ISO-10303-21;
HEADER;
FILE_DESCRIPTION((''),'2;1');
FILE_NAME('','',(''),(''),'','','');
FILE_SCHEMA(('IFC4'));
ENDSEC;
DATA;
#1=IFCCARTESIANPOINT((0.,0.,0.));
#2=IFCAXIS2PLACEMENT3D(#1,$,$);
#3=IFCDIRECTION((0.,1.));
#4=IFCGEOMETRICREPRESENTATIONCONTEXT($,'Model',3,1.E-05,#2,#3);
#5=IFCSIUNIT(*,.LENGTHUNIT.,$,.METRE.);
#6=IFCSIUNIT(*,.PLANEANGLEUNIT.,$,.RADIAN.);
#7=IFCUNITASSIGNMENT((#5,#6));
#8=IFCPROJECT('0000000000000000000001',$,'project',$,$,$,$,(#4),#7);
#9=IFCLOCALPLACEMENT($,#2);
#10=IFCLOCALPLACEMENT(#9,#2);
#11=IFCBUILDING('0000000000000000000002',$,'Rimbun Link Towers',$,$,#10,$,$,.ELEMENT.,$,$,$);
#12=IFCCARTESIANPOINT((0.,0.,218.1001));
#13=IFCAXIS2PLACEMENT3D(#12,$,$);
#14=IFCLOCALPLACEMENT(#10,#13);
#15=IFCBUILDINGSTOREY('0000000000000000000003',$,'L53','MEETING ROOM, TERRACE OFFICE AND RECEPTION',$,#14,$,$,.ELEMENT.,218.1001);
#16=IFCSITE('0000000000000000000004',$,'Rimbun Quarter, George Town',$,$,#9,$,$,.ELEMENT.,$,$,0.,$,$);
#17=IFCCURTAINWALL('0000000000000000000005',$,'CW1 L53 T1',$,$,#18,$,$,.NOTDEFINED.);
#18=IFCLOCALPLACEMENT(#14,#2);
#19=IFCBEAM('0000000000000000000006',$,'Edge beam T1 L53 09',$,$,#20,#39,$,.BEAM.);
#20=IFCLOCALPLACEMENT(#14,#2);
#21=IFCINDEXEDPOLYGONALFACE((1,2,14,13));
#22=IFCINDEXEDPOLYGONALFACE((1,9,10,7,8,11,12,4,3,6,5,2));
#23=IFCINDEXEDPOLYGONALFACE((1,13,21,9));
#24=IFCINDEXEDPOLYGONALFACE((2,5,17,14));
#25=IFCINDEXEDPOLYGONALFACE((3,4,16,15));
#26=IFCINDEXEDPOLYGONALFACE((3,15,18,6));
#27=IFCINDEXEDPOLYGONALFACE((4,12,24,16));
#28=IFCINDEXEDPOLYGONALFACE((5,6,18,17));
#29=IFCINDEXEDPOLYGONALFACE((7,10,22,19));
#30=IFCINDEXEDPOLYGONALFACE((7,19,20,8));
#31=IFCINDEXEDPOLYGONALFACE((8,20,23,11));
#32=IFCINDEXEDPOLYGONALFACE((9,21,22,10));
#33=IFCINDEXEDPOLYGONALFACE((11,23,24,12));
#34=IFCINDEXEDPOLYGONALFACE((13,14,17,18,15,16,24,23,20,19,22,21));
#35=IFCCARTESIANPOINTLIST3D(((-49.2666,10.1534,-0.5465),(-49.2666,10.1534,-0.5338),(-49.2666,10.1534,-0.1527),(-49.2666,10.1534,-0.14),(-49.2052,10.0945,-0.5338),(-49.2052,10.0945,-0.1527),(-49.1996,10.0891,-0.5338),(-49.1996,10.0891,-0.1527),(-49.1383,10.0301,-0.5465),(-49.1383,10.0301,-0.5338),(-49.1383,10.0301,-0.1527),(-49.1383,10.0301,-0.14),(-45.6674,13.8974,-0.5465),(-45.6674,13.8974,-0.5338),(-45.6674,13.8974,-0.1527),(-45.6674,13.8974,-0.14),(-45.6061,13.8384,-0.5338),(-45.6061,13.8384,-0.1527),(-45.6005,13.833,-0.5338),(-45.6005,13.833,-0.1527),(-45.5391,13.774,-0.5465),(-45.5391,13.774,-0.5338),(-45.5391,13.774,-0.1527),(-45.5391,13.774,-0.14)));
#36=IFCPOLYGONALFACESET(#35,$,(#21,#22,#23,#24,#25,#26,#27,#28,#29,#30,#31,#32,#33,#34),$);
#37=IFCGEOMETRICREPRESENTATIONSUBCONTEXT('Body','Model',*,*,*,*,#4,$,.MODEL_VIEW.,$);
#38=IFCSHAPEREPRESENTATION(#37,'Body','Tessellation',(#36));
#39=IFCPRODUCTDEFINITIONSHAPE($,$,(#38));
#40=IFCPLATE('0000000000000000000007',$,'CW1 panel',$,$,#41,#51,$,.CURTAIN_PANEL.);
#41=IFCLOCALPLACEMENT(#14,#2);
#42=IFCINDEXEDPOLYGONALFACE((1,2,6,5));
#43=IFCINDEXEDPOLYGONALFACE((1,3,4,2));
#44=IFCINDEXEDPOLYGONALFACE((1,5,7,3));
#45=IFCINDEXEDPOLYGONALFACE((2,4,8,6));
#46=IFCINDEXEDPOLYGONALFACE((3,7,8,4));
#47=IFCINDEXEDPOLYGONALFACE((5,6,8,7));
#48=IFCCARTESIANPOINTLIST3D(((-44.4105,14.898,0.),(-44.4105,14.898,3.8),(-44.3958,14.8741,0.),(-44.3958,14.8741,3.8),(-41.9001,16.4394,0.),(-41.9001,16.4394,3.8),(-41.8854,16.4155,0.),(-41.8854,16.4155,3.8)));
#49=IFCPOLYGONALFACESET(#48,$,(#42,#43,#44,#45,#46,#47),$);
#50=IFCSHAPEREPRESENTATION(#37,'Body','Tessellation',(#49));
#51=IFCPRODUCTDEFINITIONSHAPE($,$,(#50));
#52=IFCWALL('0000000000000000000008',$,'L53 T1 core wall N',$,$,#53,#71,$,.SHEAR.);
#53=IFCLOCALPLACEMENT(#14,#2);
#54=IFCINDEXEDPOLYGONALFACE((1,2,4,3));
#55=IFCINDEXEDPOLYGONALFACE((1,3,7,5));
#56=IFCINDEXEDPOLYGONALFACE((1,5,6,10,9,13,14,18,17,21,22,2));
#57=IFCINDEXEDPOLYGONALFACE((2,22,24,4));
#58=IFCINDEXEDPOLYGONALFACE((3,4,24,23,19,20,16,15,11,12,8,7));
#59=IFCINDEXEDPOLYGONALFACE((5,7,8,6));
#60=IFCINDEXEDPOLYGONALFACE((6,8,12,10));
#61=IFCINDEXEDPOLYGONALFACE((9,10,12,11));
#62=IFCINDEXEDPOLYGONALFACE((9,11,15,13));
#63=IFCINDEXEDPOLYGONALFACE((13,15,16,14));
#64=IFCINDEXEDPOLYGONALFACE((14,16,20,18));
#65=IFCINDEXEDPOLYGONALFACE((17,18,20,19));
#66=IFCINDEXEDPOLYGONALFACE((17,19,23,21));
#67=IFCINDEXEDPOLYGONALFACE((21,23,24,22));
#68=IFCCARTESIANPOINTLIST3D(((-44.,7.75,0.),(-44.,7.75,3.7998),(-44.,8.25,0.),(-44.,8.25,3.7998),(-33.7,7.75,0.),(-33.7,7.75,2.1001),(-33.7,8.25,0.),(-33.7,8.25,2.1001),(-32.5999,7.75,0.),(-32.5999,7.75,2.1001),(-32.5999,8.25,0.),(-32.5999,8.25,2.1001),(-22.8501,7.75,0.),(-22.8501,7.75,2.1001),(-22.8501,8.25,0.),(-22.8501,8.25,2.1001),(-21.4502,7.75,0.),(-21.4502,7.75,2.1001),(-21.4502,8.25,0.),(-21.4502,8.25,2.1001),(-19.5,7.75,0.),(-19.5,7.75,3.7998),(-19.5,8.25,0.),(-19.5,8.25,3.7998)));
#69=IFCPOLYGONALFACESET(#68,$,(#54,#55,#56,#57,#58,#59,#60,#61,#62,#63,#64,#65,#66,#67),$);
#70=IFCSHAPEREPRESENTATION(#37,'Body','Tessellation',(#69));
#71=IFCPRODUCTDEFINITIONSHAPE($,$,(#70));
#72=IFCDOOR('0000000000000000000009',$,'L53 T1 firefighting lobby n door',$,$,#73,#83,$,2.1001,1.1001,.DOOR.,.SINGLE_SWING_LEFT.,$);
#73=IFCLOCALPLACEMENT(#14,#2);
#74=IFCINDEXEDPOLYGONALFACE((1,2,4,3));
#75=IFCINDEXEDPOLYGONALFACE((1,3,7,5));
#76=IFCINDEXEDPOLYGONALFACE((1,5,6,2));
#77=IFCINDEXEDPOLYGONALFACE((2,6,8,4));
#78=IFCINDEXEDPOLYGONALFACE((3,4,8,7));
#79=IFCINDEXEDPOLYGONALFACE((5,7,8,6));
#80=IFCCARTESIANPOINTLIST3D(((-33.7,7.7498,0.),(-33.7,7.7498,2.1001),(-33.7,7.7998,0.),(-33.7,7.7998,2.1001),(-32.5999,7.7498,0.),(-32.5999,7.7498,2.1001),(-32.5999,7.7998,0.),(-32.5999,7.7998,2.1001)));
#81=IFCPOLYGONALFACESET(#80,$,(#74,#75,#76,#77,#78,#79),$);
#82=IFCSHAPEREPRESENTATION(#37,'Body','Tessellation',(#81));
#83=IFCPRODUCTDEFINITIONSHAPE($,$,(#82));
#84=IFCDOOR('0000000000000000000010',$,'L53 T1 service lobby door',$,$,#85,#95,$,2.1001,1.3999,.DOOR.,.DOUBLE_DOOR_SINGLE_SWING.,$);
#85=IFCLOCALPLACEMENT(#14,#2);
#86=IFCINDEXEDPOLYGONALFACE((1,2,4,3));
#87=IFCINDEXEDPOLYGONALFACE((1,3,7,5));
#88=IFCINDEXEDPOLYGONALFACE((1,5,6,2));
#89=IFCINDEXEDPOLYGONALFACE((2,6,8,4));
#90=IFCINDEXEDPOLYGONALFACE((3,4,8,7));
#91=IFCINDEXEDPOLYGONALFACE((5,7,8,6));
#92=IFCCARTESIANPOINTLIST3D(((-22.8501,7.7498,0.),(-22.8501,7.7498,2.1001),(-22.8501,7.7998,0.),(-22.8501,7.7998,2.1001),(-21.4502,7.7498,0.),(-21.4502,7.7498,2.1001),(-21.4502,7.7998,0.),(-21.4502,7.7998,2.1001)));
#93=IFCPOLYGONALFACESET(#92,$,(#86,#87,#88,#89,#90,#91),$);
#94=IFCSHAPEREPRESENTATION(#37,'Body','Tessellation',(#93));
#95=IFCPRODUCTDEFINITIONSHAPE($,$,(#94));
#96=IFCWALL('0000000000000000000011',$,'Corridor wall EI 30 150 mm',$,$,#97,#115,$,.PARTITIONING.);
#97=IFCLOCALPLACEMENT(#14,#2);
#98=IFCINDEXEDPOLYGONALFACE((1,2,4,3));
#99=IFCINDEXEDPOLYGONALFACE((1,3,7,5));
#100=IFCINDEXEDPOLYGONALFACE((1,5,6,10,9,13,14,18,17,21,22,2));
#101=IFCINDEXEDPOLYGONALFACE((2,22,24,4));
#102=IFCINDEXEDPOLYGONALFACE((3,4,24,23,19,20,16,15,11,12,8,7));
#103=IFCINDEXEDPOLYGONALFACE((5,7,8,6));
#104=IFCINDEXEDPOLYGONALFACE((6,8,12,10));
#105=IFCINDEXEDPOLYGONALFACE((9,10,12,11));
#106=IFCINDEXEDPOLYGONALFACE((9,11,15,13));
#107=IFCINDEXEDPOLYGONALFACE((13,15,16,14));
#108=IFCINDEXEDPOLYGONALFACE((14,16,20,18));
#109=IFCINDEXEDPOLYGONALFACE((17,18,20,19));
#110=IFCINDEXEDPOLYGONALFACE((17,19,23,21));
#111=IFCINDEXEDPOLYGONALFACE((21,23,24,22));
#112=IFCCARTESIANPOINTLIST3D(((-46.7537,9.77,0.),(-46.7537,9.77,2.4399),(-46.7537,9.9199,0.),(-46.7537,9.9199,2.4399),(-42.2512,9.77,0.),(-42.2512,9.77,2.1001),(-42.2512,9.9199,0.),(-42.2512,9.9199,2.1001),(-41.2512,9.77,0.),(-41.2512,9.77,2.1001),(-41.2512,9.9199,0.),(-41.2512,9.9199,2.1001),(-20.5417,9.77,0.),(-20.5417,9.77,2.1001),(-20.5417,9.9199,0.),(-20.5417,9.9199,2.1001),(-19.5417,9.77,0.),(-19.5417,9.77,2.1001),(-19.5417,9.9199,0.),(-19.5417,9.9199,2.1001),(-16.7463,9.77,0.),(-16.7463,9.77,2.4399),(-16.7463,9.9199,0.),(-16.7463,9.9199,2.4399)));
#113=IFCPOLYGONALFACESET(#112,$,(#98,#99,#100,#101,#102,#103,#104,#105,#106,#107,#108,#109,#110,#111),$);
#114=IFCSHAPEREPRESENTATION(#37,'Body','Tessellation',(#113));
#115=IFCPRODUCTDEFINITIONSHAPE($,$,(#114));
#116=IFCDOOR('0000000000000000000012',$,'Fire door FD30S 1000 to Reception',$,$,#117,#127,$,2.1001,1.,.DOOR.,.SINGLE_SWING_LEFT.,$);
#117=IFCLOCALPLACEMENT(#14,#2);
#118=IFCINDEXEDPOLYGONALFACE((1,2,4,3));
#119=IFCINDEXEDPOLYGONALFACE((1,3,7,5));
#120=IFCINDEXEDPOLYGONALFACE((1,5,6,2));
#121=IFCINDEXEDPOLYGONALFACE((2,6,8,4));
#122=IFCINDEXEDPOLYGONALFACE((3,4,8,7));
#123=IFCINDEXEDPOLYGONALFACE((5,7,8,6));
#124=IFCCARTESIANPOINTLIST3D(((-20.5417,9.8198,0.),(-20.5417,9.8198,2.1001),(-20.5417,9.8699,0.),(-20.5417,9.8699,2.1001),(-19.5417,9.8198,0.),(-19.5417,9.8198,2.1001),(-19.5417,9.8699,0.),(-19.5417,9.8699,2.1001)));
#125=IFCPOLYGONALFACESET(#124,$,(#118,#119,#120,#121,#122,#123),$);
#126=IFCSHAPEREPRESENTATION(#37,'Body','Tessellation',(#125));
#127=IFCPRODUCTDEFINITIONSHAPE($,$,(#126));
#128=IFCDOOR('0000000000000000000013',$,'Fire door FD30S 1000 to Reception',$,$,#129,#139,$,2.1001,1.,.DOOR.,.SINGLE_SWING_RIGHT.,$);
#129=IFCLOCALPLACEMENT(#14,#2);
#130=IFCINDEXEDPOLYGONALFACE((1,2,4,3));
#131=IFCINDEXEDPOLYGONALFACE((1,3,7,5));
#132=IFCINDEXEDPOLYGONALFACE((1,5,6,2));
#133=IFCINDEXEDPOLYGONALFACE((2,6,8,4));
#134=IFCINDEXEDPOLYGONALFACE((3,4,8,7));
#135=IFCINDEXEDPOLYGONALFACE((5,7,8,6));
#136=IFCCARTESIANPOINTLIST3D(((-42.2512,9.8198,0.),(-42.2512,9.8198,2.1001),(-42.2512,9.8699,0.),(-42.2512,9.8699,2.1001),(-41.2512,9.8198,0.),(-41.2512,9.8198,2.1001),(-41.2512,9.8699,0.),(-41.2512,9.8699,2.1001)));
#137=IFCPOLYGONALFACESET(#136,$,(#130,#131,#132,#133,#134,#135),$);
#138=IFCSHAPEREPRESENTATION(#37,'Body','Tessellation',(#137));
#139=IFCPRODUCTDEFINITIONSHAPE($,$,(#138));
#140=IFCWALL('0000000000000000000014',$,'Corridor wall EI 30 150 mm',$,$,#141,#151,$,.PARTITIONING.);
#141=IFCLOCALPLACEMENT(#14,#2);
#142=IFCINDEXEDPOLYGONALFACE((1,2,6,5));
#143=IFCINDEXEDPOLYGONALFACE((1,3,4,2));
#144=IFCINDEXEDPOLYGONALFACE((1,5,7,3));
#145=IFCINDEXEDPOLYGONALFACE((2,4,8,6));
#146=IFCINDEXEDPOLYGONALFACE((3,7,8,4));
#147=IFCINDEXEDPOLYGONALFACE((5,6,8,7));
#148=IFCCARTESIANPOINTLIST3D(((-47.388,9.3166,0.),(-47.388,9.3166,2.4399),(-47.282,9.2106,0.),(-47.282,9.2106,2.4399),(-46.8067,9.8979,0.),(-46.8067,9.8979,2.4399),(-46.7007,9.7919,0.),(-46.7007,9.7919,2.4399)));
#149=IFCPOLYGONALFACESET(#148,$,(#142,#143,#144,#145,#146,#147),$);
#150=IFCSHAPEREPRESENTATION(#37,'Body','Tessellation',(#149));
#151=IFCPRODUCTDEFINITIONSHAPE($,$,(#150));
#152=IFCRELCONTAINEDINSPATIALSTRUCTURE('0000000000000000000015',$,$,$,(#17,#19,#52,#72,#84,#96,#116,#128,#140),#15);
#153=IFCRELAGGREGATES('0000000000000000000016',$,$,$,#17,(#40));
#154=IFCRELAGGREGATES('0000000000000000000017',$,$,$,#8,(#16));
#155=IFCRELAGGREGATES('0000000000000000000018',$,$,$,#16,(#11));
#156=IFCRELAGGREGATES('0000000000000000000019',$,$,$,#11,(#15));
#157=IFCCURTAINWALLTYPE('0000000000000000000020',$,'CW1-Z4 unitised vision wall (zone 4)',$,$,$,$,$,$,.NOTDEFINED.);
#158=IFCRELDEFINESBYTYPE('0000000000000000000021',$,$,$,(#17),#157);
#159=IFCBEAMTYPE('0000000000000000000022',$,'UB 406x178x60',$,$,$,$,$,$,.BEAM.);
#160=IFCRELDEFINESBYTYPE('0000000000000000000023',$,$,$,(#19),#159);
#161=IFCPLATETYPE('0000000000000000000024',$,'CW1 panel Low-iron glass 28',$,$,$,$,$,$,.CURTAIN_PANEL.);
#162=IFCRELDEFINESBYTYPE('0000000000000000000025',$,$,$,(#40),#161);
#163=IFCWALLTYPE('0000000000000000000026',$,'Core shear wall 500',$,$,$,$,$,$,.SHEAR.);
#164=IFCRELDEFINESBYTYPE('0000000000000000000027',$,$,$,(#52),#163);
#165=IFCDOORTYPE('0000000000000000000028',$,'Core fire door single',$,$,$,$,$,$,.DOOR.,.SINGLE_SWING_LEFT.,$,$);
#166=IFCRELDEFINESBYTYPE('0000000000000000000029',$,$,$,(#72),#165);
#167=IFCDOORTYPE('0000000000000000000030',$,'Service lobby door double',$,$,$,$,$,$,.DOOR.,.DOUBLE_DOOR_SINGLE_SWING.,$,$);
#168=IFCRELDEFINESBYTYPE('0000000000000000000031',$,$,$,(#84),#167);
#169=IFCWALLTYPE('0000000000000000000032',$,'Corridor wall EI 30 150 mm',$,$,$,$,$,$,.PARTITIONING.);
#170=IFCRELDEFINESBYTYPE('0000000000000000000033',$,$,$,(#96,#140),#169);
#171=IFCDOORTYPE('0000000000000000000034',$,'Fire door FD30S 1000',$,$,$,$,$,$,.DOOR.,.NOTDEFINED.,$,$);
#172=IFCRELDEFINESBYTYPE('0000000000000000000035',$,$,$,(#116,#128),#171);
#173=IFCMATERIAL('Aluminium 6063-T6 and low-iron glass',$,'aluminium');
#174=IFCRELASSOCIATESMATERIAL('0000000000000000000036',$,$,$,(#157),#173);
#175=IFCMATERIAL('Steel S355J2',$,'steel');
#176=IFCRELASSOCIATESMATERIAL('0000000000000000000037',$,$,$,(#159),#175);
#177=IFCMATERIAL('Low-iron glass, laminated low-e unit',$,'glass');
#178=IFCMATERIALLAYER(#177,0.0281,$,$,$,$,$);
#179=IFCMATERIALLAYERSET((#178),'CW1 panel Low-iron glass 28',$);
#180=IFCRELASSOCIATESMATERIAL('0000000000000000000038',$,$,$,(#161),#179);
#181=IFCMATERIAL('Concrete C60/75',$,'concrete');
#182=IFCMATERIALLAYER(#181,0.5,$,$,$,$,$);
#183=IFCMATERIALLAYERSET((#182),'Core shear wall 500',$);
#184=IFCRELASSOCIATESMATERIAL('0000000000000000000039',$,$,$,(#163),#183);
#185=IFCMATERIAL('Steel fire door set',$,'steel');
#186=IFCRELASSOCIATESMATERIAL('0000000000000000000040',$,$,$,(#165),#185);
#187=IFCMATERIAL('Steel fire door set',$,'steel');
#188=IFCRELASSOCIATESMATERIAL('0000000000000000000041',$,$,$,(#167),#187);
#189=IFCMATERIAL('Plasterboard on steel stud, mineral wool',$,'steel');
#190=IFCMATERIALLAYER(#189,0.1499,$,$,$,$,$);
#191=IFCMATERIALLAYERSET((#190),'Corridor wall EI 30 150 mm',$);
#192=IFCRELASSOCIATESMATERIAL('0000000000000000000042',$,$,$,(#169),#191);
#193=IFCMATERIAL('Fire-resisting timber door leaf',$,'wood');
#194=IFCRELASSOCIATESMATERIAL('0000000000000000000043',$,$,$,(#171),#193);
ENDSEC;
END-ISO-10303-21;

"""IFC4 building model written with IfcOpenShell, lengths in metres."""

from ifc_helpers import new_model, si_unit, direction, frame, frame_2d, origin, origin_2d, place, context, subcontext, project, spatial, rectangle, i_section, extrude, material, layer, layer_set, material_profile, profile_set, type_object, element, fill, aggregate, save


model = new_model("IFC4")

# Units and contexts
model_context = context("Model", 3, precision=1e-05, world=origin(), true_north=direction((0.0, 1.0)))
body_context = subcontext(model_context, "Body", "Model", "MODEL_VIEW")
ifc_project = project(units=[si_unit("LENGTHUNIT", "METRE"), si_unit("PLANEANGLEUNIT", "RADIAN")], contexts=[model_context])

# Site, building, storey
site_placement = place(None, origin())
site = spatial("IfcSite", under=ifc_project, at=site_placement, Name="Rimbun Quarter, George Town", CompositionType="ELEMENT", RefElevation=0.0)
building_placement = place(site_placement, origin())
building = spatial("IfcBuilding", under=site, at=building_placement, Name="Rimbun Link Towers", CompositionType="ELEMENT")
storey_placement = place(building_placement, frame((0.0, 0.0, 218.1001)))
storey = spatial("IfcBuildingStorey", under=building, at=storey_placement, Name="L53", Description="MEETING ROOM, TERRACE OFFICE AND RECEPTION", CompositionType="ELEMENT", Elevation=218.1001)

# Curtain wall
ifc_material_1 = material(Name="Aluminium 6063-T6 and low-iron glass", Category="aluminium")
curtain_wall_type = type_object("IfcCurtainWallType", Name="CW1-Z4 unitised vision wall (zone 4)", PredefinedType="NOTDEFINED", material=ifc_material_1)
curtain_wall_placement = place(storey_placement, origin())
curtain_wall = element("IfcCurtainWall", 1, at=curtain_wall_placement, inside=storey, type_object=curtain_wall_type, Name="CW1 L53 T1", PredefinedType="NOTDEFINED")

# Beam
ifc_material_2 = material(Name="Steel S355J2", Category="steel")
ifc_material_profile_1 = material_profile(ifc_material_2, i_section(OverallWidth=0.178, OverallDepth=0.4065, WebThickness=0.0078, FlangeThickness=0.0127, at=origin_2d()), Name="UB 406x178x60")
ifc_profile_set_1 = profile_set([ifc_material_profile_1], Name="Steel S355J2")
beam_type_1 = type_object("IfcBeamType", Name="UB 406x178x60", PredefinedType="BEAM", material=ifc_profile_set_1)
beam_1_placement = place(storey_placement, frame((-45.6033, 13.8357, -0.3433), z_axis=(-0.693031, -0.720908, 0.0), x_axis=(0.720908, -0.693031, 0.0)))
element("IfcBeam", 2, at=beam_1_placement, inside=storey, type_object=beam_type_1, Name="Edge beam T1 L53 09", PredefinedType="BEAM", context=body_context, shape_type="SweptSolid", body=[
    extrude(i_section(OverallWidth=0.178, OverallDepth=0.4065, WebThickness=0.0078, FlangeThickness=0.0127, at=origin_2d()), origin(), (0.0, 0.0, 1.0), 5.1934),
])

# Plate
ifc_material_3 = material(Name="Low-iron glass, laminated low-e unit", Category="glass")
ifc_layer_1 = layer(ifc_material_3, 0.0281)
ifc_layer_set_1 = layer_set([ifc_layer_1], Name="CW1 panel Low-iron glass 28")
plate_type = type_object("IfcPlateType", Name="CW1 panel Low-iron glass 28", PredefinedType="CURTAIN_PANEL", material=ifc_layer_set_1)
plate_placement = place(storey_placement, frame((-43.1479, 15.6567, 0.0), z_axis=(0.0, 0.0, 1.0), x_axis=(0.852184, 0.523242, 0.0)))
plate = element("IfcPlate", 3, at=plate_placement, type_object=plate_type, Name="CW1 panel", PredefinedType="CURTAIN_PANEL", context=body_context, shape_type="SweptSolid", body=[
    extrude(rectangle(XDim=2.9458, YDim=0.0281, at=origin_2d()), origin(), (0.0, 0.0, 1.0), 3.8),
])
aggregate(curtain_wall, [plate])

# Walls, openings, doors
ifc_material_4 = material(Name="Concrete C60/75", Category="concrete")
ifc_layer_2 = layer(ifc_material_4, 0.5)
ifc_layer_set_2 = layer_set([ifc_layer_2], Name="Core shear wall 500")
wall_type_1 = type_object("IfcWallType", Name="Core shear wall 500", PredefinedType="SHEAR", material=ifc_layer_set_2)
wall_1_placement = place(storey_placement, frame((-44.0, 8.0, 0.0), z_axis=(0.0, 0.0, 1.0), x_axis=(1.0, 0.0, 0.0)))
wall_1 = element("IfcWall", 4, at=wall_1_placement, inside=storey, type_object=wall_type_1, Name="L53 T1 core wall N", PredefinedType="SHEAR", context=body_context, shape_type="SweptSolid", body=[
    extrude(rectangle(XDim=24.5, YDim=0.5, at=frame_2d((12.25, 0.0))), origin(), (0.0, 0.0, 1.0), 3.7998),
])
opening_1_placement = place(wall_1_placement, frame((10.3, 0.0, 0.0)))
opening_1 = element("IfcOpeningElement", 5, at=opening_1_placement, cuts=wall_1, PredefinedType="OPENING", context=body_context, shape_type="SweptSolid", body=[
    extrude(rectangle(XDim=1.1001, YDim=2.1001, at=frame_2d((0.55, 1.05))), frame((0.0, 0.26, 0.0), z_axis=(0.0, -1.0, 0.0), x_axis=(1.0, 0.0, 0.0)), (0.0, 0.0, 1.0), 0.52),
])
opening_2_placement = place(wall_1_placement, frame((21.1499, 0.0, 0.0)))
opening_2 = element("IfcOpeningElement", 6, at=opening_2_placement, cuts=wall_1, PredefinedType="OPENING", context=body_context, shape_type="SweptSolid", body=[
    extrude(rectangle(XDim=1.3999, YDim=2.1001, at=frame_2d((0.7, 1.05))), frame((0.0, 0.26, 0.0), z_axis=(0.0, -1.0, 0.0), x_axis=(1.0, 0.0, 0.0)), (0.0, 0.0, 1.0), 0.52),
])
ifc_material_5 = material(Name="Steel fire door set", Category="steel")
door_type_1 = type_object("IfcDoorType", Name="Core fire door single", OperationType="SINGLE_SWING_LEFT", PredefinedType="DOOR", material=ifc_material_5)
door_1_placement = place(opening_1_placement, origin())
door_1 = element("IfcDoor", 7, at=door_1_placement, inside=storey, type_object=door_type_1, Name="L53 T1 firefighting lobby n door", OperationType="SINGLE_SWING_LEFT", OverallHeight=2.1001, OverallWidth=1.1001, PredefinedType="DOOR", context=body_context, shape_type="SweptSolid", body=[
    extrude(rectangle(XDim=1.1001, YDim=2.1001, at=frame_2d((0.55, 1.05))), frame((0.0, -0.2002, 0.0), z_axis=(0.0, -1.0, 0.0), x_axis=(1.0, 0.0, 0.0)), (0.0, 0.0, 1.0), 0.05),
])
fill(opening_1, door_1)
ifc_material_6 = material(Name="Steel fire door set", Category="steel")
door_type_2 = type_object("IfcDoorType", Name="Service lobby door double", OperationType="DOUBLE_DOOR_SINGLE_SWING", PredefinedType="DOOR", material=ifc_material_6)
door_2_placement = place(opening_2_placement, origin())
door_2 = element("IfcDoor", 8, at=door_2_placement, inside=storey, type_object=door_type_2, Name="L53 T1 service lobby door", OperationType="DOUBLE_DOOR_SINGLE_SWING", OverallHeight=2.1001, OverallWidth=1.3999, PredefinedType="DOOR", context=body_context, shape_type="SweptSolid", body=[
    extrude(rectangle(XDim=1.3999, YDim=2.1001, at=frame_2d((0.7, 1.05))), frame((0.0, -0.2002, 0.0), z_axis=(0.0, -1.0, 0.0), x_axis=(1.0, 0.0, 0.0)), (0.0, 0.0, 1.0), 0.05),
])
fill(opening_2, door_2)
ifc_material_7 = material(Name="Plasterboard on steel stud, mineral wool", Category="steel")
ifc_layer_3 = layer(ifc_material_7, 0.1499)
ifc_layer_set_3 = layer_set([ifc_layer_3], Name="Corridor wall EI 30 150 mm")
wall_type_2 = type_object("IfcWallType", Name="Corridor wall EI 30 150 mm", PredefinedType="PARTITIONING", material=ifc_layer_set_3)
wall_2_placement = place(storey_placement, frame((-46.7537, 9.845, 0.0), z_axis=(0.0, 0.0, 1.0), x_axis=(1.0, 0.0, 0.0)))
wall_2 = element("IfcWall", 9, at=wall_2_placement, inside=storey, type_object=wall_type_2, Name="Corridor wall EI 30 150 mm", PredefinedType="PARTITIONING", context=body_context, shape_type="SweptSolid", body=[
    extrude(rectangle(XDim=30.0073, YDim=0.1499, at=frame_2d((15.0037, 0.0))), origin(), (0.0, 0.0, 1.0), 2.4399),
])
opening_3_placement = place(wall_2_placement, frame((26.2119, 0.0, 0.0)))
opening_3 = element("IfcOpeningElement", 10, at=opening_3_placement, cuts=wall_2, PredefinedType="OPENING", context=body_context, shape_type="SweptSolid", body=[
    extrude(rectangle(XDim=1.0, YDim=2.1001, at=frame_2d((0.5, 1.05))), frame((0.0, 0.085, 0.0), z_axis=(0.0, -1.0, 0.0), x_axis=(1.0, 0.0, 0.0)), (0.0, 0.0, 1.0), 0.1699),
])
opening_4_placement = place(wall_2_placement, frame((4.5024, 0.0, 0.0)))
opening_4 = element("IfcOpeningElement", 11, at=opening_4_placement, cuts=wall_2, PredefinedType="OPENING", context=body_context, shape_type="SweptSolid", body=[
    extrude(rectangle(XDim=1.0, YDim=2.1001, at=frame_2d((0.5, 1.05))), frame((0.0, 0.085, 0.0), z_axis=(0.0, -1.0, 0.0), x_axis=(1.0, 0.0, 0.0)), (0.0, 0.0, 1.0), 0.1699),
])
ifc_material_8 = material(Name="Fire-resisting timber door leaf", Category="wood")
door_type_3 = type_object("IfcDoorType", Name="Fire door FD30S 1000", OperationType="NOTDEFINED", PredefinedType="DOOR", material=ifc_material_8)
door_3_placement = place(opening_3_placement, origin())
door_3 = element("IfcDoor", 12, at=door_3_placement, inside=storey, type_object=door_type_3, Name="Fire door FD30S 1000 to Reception", OperationType="SINGLE_SWING_LEFT", OverallHeight=2.1001, OverallWidth=1.0, PredefinedType="DOOR", context=body_context, shape_type="SweptSolid", body=[
    extrude(rectangle(XDim=1.0, YDim=2.1001, at=frame_2d((0.5, 1.05))), frame((0.0, 0.0249, 0.0), z_axis=(0.0, -1.0, 0.0), x_axis=(1.0, 0.0, 0.0)), (0.0, 0.0, 1.0), 0.05),
])
fill(opening_3, door_3)
door_4_placement = place(opening_4_placement, origin())
door_4 = element("IfcDoor", 13, at=door_4_placement, inside=storey, type_object=door_type_3, Name="Fire door FD30S 1000 to Reception", OperationType="SINGLE_SWING_RIGHT", OverallHeight=2.1001, OverallWidth=1.0, PredefinedType="DOOR", context=body_context, shape_type="SweptSolid", body=[
    extrude(rectangle(XDim=1.0, YDim=2.1001, at=frame_2d((0.5, 1.05))), frame((0.0, 0.0249, 0.0), z_axis=(0.0, -1.0, 0.0), x_axis=(1.0, 0.0, 0.0)), (0.0, 0.0, 1.0), 0.05),
])
fill(opening_4, door_4)

# Wall
wall_3_placement = place(storey_placement, frame((-46.7537, 9.845, 0.0), z_axis=(0.0, 0.0, 1.0), x_axis=(-0.707107, -0.707107, 0.0)))
element("IfcWall", 14, at=wall_3_placement, inside=storey, type_object=wall_type_2, Name="Corridor wall EI 30 150 mm", PredefinedType="PARTITIONING", context=body_context, shape_type="SweptSolid", body=[
    extrude(rectangle(XDim=0.822, YDim=0.1499, at=frame_2d((0.4111, 0.0))), origin(), (0.0, 0.0, 1.0), 2.4399),
])

save(model, "model.ifc")
